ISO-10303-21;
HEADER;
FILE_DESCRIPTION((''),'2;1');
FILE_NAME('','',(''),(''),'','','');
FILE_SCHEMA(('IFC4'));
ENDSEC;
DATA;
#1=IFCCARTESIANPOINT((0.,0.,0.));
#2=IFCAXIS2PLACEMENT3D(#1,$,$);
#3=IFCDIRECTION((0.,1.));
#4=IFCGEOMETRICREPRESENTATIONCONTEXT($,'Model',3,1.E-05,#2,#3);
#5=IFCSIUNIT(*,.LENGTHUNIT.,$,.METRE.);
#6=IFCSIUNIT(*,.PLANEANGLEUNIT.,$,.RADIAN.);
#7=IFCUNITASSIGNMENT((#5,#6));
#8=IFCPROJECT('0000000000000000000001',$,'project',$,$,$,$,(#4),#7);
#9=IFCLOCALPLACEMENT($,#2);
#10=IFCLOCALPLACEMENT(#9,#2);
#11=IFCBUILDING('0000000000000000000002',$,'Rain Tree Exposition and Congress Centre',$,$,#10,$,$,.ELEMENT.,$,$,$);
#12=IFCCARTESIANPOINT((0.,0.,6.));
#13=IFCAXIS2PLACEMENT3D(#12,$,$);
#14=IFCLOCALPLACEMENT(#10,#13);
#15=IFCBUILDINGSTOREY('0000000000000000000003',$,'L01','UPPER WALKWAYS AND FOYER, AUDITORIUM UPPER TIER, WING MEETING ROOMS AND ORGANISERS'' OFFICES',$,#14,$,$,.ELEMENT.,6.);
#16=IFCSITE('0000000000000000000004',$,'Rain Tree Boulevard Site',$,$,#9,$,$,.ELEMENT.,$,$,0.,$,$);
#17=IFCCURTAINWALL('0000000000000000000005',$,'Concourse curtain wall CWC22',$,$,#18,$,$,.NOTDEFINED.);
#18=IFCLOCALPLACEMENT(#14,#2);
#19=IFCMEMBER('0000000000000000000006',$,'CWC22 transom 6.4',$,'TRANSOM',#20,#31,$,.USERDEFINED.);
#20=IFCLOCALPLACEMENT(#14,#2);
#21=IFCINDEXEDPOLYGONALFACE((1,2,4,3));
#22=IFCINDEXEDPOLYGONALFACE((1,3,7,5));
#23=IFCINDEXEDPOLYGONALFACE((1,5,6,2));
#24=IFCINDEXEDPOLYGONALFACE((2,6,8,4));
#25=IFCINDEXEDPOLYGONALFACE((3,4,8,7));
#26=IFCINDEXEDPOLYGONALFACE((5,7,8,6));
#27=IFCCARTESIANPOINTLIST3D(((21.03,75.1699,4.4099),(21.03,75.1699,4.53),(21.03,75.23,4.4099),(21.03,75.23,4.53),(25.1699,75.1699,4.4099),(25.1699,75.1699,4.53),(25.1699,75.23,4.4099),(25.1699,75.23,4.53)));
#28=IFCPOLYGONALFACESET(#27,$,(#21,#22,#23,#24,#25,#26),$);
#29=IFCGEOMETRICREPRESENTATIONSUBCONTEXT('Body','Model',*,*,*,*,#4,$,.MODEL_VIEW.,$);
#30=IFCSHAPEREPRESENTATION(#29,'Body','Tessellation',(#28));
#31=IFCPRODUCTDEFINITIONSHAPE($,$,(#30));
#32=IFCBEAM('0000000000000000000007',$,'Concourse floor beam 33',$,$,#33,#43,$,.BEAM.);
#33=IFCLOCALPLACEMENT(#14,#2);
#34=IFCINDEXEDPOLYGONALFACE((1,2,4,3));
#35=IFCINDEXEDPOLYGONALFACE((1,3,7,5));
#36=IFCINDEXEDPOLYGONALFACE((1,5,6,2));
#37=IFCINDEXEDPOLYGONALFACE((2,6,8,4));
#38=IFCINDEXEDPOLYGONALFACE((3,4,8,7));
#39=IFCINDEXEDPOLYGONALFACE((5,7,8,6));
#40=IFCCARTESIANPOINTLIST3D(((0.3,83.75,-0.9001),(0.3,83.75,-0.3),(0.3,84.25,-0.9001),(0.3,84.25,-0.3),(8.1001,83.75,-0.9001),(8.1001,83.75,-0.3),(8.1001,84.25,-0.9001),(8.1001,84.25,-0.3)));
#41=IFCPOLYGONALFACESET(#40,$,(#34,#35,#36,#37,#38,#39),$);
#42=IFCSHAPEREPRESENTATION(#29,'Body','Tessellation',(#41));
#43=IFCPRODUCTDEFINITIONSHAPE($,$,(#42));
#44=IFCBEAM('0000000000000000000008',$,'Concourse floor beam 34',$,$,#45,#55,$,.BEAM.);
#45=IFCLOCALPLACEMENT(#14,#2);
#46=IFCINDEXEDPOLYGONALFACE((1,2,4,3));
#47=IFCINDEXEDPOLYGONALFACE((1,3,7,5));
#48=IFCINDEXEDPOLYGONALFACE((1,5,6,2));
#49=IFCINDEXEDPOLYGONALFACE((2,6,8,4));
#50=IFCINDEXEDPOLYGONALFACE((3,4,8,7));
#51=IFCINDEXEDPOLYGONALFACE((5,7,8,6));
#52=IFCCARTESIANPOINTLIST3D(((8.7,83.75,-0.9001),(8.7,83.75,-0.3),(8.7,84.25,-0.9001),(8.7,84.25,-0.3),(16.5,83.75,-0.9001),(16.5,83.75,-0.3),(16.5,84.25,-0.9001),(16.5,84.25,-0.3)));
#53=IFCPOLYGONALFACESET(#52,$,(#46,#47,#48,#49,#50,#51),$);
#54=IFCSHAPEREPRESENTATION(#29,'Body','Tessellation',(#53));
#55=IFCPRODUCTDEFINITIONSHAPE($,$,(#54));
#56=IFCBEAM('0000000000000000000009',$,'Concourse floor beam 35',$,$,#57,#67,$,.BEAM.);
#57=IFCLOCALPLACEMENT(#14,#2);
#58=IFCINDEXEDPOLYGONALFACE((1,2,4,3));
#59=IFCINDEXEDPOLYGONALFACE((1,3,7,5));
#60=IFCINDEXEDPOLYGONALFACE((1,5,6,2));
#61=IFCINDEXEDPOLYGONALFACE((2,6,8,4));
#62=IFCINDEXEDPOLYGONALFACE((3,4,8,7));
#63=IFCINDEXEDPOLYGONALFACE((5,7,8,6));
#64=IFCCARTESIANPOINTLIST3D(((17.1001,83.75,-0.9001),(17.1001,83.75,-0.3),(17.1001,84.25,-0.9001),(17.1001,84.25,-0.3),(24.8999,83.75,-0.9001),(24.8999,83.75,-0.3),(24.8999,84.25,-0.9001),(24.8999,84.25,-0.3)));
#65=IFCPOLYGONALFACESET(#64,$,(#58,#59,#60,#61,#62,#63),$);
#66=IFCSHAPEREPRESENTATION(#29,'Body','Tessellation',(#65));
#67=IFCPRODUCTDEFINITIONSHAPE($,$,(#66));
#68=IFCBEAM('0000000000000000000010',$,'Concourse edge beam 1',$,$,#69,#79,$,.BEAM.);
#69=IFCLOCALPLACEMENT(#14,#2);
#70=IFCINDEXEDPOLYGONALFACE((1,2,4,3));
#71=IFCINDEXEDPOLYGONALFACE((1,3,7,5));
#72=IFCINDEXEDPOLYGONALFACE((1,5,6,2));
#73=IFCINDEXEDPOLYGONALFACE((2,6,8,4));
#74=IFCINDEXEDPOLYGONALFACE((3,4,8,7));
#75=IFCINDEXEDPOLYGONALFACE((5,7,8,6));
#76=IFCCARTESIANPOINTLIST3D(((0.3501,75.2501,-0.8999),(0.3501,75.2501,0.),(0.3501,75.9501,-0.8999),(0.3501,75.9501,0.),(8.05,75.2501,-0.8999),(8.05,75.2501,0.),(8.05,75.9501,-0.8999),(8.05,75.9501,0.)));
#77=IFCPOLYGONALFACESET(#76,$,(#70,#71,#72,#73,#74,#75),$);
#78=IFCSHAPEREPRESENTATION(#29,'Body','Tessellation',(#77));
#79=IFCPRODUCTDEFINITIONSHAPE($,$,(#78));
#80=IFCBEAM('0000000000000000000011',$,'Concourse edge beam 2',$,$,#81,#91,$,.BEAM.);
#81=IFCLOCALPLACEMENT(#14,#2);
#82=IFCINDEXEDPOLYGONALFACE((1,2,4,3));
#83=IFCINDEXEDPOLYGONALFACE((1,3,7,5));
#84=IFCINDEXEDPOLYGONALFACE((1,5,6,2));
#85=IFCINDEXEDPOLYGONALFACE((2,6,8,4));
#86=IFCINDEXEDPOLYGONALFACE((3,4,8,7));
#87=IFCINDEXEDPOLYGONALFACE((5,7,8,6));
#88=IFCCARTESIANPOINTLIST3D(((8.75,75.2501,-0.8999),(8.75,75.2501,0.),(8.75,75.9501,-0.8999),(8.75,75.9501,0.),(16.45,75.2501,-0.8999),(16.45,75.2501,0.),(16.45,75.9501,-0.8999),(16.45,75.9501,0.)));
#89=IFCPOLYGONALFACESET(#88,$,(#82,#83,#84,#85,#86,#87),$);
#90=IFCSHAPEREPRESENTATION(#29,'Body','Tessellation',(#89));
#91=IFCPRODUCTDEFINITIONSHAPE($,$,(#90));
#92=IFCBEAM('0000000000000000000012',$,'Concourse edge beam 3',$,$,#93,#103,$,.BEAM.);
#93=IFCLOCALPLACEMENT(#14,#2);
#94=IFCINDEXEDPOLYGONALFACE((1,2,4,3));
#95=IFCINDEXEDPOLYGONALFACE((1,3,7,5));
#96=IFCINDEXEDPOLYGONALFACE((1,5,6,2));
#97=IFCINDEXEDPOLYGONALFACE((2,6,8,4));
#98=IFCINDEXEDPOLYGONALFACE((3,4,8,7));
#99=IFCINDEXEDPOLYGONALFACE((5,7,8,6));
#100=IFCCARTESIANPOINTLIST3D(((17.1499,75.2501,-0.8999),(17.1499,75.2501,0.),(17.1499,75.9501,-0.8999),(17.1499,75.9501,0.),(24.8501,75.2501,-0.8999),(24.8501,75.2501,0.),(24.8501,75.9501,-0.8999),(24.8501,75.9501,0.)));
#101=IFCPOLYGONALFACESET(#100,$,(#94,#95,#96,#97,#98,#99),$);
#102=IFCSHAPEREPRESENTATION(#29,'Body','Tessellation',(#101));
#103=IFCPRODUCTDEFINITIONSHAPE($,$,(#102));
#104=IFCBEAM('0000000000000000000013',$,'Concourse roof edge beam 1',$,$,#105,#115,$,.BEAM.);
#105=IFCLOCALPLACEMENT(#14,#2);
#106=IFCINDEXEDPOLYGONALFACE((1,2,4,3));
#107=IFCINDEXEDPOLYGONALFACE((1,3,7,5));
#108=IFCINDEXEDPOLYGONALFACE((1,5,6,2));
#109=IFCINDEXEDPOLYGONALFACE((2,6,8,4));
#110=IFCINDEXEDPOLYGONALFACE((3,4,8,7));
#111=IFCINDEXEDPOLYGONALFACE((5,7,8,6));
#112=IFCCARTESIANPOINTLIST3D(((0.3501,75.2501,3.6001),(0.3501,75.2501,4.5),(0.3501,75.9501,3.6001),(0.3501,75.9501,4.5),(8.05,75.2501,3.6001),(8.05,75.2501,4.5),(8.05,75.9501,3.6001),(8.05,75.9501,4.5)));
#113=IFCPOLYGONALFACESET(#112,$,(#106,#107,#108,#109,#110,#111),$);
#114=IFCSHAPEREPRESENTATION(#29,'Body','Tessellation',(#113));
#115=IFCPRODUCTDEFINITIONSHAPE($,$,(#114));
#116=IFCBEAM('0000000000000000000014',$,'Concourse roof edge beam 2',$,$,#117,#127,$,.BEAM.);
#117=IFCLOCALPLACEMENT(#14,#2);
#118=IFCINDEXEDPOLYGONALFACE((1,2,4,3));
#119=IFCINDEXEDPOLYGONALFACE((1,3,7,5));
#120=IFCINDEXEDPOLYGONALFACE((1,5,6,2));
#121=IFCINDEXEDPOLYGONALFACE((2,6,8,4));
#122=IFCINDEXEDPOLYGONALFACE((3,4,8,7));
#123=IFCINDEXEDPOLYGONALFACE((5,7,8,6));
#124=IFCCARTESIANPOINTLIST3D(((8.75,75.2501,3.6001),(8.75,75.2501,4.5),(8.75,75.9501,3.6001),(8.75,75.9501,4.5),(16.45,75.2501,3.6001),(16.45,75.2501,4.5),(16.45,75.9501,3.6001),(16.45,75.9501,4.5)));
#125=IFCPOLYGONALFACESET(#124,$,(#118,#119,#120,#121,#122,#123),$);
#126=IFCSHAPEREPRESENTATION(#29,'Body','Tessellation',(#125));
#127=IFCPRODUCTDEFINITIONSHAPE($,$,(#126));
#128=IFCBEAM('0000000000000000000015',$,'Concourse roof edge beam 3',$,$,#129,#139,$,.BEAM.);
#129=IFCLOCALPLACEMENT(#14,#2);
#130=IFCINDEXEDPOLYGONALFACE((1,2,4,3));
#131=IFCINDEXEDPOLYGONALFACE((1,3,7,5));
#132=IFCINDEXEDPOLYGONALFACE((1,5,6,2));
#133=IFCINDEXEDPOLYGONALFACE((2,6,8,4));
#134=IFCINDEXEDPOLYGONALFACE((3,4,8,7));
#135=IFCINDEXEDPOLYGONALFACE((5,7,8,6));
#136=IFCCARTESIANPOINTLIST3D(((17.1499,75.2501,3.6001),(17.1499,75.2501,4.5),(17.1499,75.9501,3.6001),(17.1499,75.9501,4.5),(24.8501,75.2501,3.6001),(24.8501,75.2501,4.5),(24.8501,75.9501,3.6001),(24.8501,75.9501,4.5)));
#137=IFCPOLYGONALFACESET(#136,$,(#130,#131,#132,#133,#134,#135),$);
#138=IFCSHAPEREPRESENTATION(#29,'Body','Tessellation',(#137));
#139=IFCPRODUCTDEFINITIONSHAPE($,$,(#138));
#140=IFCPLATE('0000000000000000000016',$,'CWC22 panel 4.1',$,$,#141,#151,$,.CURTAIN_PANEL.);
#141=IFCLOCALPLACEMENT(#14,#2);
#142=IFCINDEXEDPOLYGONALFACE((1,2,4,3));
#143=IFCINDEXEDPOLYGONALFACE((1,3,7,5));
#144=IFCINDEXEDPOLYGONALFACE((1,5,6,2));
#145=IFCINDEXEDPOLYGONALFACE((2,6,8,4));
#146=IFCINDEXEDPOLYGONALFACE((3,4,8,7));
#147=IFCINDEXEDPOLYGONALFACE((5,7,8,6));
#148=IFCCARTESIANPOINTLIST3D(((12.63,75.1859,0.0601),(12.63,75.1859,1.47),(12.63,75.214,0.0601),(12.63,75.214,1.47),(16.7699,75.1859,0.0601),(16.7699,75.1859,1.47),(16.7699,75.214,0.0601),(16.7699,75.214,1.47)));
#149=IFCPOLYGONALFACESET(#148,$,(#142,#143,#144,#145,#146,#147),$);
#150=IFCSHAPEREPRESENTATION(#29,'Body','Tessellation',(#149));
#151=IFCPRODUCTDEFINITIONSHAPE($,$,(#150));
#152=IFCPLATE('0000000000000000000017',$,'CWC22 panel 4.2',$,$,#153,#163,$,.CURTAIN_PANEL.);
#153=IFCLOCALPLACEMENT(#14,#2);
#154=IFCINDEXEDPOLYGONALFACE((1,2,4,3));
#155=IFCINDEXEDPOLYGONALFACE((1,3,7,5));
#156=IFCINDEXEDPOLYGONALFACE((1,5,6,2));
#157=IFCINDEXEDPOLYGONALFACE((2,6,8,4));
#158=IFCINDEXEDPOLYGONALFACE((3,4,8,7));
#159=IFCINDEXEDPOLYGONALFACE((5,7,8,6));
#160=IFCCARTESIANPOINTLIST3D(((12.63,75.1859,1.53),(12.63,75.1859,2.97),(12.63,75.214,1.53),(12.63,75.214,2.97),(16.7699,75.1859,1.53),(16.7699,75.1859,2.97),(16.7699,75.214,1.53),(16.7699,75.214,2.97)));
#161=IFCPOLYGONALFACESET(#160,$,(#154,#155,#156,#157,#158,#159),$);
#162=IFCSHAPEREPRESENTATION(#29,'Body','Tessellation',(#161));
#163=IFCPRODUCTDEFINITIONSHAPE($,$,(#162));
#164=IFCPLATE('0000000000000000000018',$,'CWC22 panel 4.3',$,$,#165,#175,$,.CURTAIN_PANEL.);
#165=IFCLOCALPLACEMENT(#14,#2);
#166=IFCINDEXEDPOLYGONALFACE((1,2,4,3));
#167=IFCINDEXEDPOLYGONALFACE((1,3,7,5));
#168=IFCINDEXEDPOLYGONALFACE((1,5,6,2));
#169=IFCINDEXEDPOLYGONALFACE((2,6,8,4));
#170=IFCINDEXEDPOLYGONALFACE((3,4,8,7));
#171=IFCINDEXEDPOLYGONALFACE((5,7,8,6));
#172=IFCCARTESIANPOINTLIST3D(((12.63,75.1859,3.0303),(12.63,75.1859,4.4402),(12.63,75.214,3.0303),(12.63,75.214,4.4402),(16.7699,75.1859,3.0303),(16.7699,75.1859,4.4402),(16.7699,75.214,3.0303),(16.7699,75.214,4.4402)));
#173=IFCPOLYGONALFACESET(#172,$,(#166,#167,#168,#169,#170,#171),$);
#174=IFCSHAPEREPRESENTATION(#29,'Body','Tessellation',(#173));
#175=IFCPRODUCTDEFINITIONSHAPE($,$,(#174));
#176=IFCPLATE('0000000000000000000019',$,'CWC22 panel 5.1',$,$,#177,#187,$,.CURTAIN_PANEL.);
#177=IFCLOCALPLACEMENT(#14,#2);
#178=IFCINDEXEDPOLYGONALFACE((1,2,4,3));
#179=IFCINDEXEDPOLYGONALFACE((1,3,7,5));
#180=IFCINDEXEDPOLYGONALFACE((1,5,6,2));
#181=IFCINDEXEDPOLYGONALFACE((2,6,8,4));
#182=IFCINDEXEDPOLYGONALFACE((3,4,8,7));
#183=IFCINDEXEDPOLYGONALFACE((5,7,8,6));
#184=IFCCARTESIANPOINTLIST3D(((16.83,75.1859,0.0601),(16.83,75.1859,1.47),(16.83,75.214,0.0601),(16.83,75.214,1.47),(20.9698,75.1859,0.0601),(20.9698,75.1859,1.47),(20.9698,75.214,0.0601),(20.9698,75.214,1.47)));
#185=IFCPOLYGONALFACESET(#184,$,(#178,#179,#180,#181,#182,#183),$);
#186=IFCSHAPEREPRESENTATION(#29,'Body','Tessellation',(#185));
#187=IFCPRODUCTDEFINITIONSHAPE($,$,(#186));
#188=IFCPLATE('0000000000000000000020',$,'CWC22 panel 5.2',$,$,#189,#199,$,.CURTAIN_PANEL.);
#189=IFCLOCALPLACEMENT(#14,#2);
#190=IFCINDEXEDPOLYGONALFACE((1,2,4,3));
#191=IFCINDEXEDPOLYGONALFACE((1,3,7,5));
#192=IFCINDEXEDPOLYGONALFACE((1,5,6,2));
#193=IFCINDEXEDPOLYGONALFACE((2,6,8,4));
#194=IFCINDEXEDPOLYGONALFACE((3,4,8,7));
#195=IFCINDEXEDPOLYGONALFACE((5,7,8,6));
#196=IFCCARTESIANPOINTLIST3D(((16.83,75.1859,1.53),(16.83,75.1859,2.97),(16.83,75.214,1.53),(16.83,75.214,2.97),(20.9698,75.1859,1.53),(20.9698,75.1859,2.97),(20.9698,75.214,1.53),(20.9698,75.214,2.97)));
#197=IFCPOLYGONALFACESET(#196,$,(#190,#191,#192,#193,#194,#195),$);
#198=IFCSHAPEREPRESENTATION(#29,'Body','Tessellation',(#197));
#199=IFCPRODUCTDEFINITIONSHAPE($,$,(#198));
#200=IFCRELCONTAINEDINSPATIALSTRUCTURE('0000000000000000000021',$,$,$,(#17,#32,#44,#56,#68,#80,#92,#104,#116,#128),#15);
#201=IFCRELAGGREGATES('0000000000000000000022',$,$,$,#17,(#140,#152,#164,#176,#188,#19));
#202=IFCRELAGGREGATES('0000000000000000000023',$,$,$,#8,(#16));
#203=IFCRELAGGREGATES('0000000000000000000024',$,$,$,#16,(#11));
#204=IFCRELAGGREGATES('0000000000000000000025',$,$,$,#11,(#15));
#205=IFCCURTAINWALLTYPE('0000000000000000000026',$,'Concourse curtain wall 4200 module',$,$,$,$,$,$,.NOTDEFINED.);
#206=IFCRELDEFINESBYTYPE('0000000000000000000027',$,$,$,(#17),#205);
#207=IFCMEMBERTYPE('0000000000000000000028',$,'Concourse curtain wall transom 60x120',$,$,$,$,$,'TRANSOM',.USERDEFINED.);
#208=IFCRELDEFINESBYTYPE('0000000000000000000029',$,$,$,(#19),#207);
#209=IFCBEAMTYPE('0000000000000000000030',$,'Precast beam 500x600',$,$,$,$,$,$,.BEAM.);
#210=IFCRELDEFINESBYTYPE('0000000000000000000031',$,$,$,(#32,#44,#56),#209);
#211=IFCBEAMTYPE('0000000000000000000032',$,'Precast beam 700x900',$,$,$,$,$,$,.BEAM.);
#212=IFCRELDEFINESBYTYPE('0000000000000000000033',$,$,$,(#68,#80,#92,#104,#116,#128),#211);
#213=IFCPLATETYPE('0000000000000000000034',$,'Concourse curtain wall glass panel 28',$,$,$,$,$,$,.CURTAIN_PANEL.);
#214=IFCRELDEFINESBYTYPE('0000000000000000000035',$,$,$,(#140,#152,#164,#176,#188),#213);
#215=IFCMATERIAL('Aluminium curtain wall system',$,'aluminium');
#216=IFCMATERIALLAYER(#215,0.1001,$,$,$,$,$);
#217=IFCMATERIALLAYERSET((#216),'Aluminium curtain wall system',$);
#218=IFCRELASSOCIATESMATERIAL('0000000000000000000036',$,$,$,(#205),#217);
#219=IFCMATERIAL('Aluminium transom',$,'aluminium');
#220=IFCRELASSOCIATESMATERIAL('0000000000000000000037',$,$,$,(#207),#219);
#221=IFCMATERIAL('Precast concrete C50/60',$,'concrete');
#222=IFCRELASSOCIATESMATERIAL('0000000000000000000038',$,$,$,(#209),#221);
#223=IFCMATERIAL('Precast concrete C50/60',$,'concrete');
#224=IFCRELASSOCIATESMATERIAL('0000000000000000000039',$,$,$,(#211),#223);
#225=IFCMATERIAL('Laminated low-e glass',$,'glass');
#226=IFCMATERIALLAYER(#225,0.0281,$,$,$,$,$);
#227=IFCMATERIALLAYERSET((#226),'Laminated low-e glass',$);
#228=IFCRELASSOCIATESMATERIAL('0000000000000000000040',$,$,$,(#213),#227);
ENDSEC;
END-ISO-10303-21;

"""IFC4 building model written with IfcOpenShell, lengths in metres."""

from ifc_helpers import new_model, si_unit, direction, frame, origin, origin_2d, place, context, subcontext, project, spatial, rectangle, extrude, material, layer, layer_set, material_profile, profile_set, type_object, element, aggregate, save


model = new_model("IFC4")

# Units and contexts
model_context = context("Model", 3, precision=1e-05, world=origin(), true_north=direction((0.0, 1.0)))
body_context = subcontext(model_context, "Body", "Model", "MODEL_VIEW")
ifc_project = project(units=[si_unit("LENGTHUNIT", "METRE"), si_unit("PLANEANGLEUNIT", "RADIAN")], contexts=[model_context])

# Site, building, storey
site_placement = place(None, origin())
site = spatial("IfcSite", under=ifc_project, at=site_placement, Name="Rain Tree Boulevard Site", CompositionType="ELEMENT", RefElevation=0.0)
building_placement = place(site_placement, origin())
building = spatial("IfcBuilding", under=site, at=building_placement, Name="Rain Tree Exposition and Congress Centre", CompositionType="ELEMENT")
storey_placement = place(building_placement, frame((0.0, 0.0, 6.0)))
storey = spatial("IfcBuildingStorey", under=building, at=storey_placement, Name="L01", Description="UPPER WALKWAYS AND FOYER, AUDITORIUM UPPER TIER, WING MEETING ROOMS AND ORGANISERS' OFFICES", CompositionType="ELEMENT", Elevation=6.0)

# Curtain wall, member
ifc_material_1 = material(Name="Aluminium curtain wall system", Category="aluminium")
ifc_layer_1 = layer(ifc_material_1, 0.1001)
ifc_layer_set_1 = layer_set([ifc_layer_1], Name="Aluminium curtain wall system")
curtain_wall_type = type_object("IfcCurtainWallType", Name="Concourse curtain wall 4200 module", PredefinedType="NOTDEFINED", material=ifc_layer_set_1)
curtain_wall_placement = place(storey_placement, origin())
curtain_wall = element("IfcCurtainWall", 1, at=curtain_wall_placement, inside=storey, type_object=curtain_wall_type, Name="Concourse curtain wall CWC22", PredefinedType="NOTDEFINED")
ifc_material_2 = material(Name="Aluminium transom", Category="aluminium")
ifc_material_profile_1 = material_profile(ifc_material_2, rectangle(XDim=0.0601, YDim=0.1201, at=origin_2d()), Name="AL 60x120")
ifc_profile_set_1 = profile_set([ifc_material_profile_1], Name="Aluminium transom")
member_type_1 = type_object("IfcMemberType", Name="Concourse curtain wall transom 60x120", ElementType="TRANSOM", PredefinedType="USERDEFINED", material=ifc_profile_set_1)
member_1_placement = place(storey_placement, frame((21.03, 75.2, 4.47), z_axis=(1.0, 0.0, 0.0), x_axis=(0.0, 1.0, 0.0)))
member_1 = element("IfcMember", 2, at=member_1_placement, type_object=member_type_1, Name="CWC22 transom 6.4", ObjectType="TRANSOM", PredefinedType="USERDEFINED", context=body_context, shape_type="SweptSolid", body=[
    extrude(rectangle(XDim=0.0601, YDim=0.1201, at=origin_2d()), origin(), (0.0, 0.0, 1.0), 4.1399),
])

# Beams
ifc_material_3 = material(Name="Precast concrete C50/60", Category="concrete")
ifc_material_profile_2 = material_profile(ifc_material_3, rectangle(XDim=0.5, YDim=0.6001, at=origin_2d()), Name="RC 500x600")
ifc_profile_set_2 = profile_set([ifc_material_profile_2], Name="Precast concrete C50/60")
beam_type_1 = type_object("IfcBeamType", Name="Precast beam 500x600", PredefinedType="BEAM", material=ifc_profile_set_2)
for number, where, z_axis, x_axis, name in (
    (3, (0.3, 84.0, -0.6001), (1.0, 0.0, 0.0), (0.0, 1.0, 0.0), "Concourse floor beam 33"),
    (4, (8.7, 84.0, -0.6001), (1.0, 0.0, 0.0), (0.0, 1.0, 0.0), "Concourse floor beam 34"),
):
    element("IfcBeam", number, at=place(storey_placement, frame(where, z_axis=z_axis, x_axis=x_axis)), inside=storey, type_object=beam_type_1, Name=name, PredefinedType="BEAM", context=body_context, shape_type="SweptSolid", body=[
        extrude(rectangle(XDim=0.5, YDim=0.6001, at=origin_2d()), origin(), (0.0, 0.0, 1.0), 7.8),
    ])
beam_1_placement = place(storey_placement, frame((17.1001, 84.0, -0.6001), z_axis=(1.0, 0.0, 0.0), x_axis=(0.0, 1.0, 0.0)))
element("IfcBeam", 5, at=beam_1_placement, inside=storey, type_object=beam_type_1, Name="Concourse floor beam 35", PredefinedType="BEAM", context=body_context, shape_type="SweptSolid", body=[
    extrude(rectangle(XDim=0.5, YDim=0.6001, at=origin_2d()), origin(), (0.0, 0.0, 1.0), 7.7998),
])
ifc_material_4 = material(Name="Precast concrete C50/60", Category="concrete")
ifc_material_profile_3 = material_profile(ifc_material_4, rectangle(XDim=0.7, YDim=0.8999, at=origin_2d()), Name="RC 700x900")
ifc_profile_set_3 = profile_set([ifc_material_profile_3], Name="Precast concrete C50/60")
beam_type_2 = type_object("IfcBeamType", Name="Precast beam 700x900", PredefinedType="BEAM", material=ifc_profile_set_3)
for number, where, z_axis, x_axis, name in (
    (6, (0.3501, 75.6001, -0.45), (1.0, 0.0, 0.0), (0.0, 1.0, 0.0), "Concourse edge beam 1"),
    (7, (8.75, 75.6001, -0.45), (1.0, 0.0, 0.0), (0.0, 1.0, 0.0), "Concourse edge beam 2"),
):
    element("IfcBeam", number, at=place(storey_placement, frame(where, z_axis=z_axis, x_axis=x_axis)), inside=storey, type_object=beam_type_2, Name=name, PredefinedType="BEAM", context=body_context, shape_type="SweptSolid", body=[
        extrude(rectangle(XDim=0.7, YDim=0.8999, at=origin_2d()), origin(), (0.0, 0.0, 1.0), 7.7),
    ])
beam_2_placement = place(storey_placement, frame((17.1499, 75.6001, -0.45), z_axis=(1.0, 0.0, 0.0), x_axis=(0.0, 1.0, 0.0)))
element("IfcBeam", 8, at=beam_2_placement, inside=storey, type_object=beam_type_2, Name="Concourse edge beam 3", PredefinedType="BEAM", context=body_context, shape_type="SweptSolid", body=[
    extrude(rectangle(XDim=0.7, YDim=0.8999, at=origin_2d()), origin(), (0.0, 0.0, 1.0), 7.7002),
])
for number, where, z_axis, x_axis, name in (
    (9, (0.3501, 75.6001, 4.05), (1.0, 0.0, 0.0), (0.0, 1.0, 0.0), "Concourse roof edge beam 1"),
    (10, (8.75, 75.6001, 4.05), (1.0, 0.0, 0.0), (0.0, 1.0, 0.0), "Concourse roof edge beam 2"),
):
    element("IfcBeam", number, at=place(storey_placement, frame(where, z_axis=z_axis, x_axis=x_axis)), inside=storey, type_object=beam_type_2, Name=name, PredefinedType="BEAM", context=body_context, shape_type="SweptSolid", body=[
        extrude(rectangle(XDim=0.7, YDim=0.8999, at=origin_2d()), origin(), (0.0, 0.0, 1.0), 7.7),
    ])
beam_3_placement = place(storey_placement, frame((17.1499, 75.6001, 4.05), z_axis=(1.0, 0.0, 0.0), x_axis=(0.0, 1.0, 0.0)))
element("IfcBeam", 11, at=beam_3_placement, inside=storey, type_object=beam_type_2, Name="Concourse roof edge beam 3", PredefinedType="BEAM", context=body_context, shape_type="SweptSolid", body=[
    extrude(rectangle(XDim=0.7, YDim=0.8999, at=origin_2d()), origin(), (0.0, 0.0, 1.0), 7.7002),
])

# Plates
ifc_material_5 = material(Name="Laminated low-e glass", Category="glass")
ifc_layer_2 = layer(ifc_material_5, 0.0281)
ifc_layer_set_2 = layer_set([ifc_layer_2], Name="Laminated low-e glass")
plate_type = type_object("IfcPlateType", Name="Concourse curtain wall glass panel 28", PredefinedType="CURTAIN_PANEL", material=ifc_layer_set_2)
plate_1_placement = place(storey_placement, frame((14.7, 75.2, 0.0601), z_axis=(0.0, 0.0, 1.0), x_axis=(1.0, 0.0, 0.0)))
plate_1 = element("IfcPlate", 12, at=plate_1_placement, type_object=plate_type, Name="CWC22 panel 4.1", PredefinedType="CURTAIN_PANEL", context=body_context, shape_type="SweptSolid", body=[
    extrude(rectangle(XDim=4.1399, YDim=0.0281, at=origin_2d()), origin(), (0.0, 0.0, 1.0), 1.4099),
])
plate_2_placement = place(storey_placement, frame((14.7, 75.2, 1.53), z_axis=(0.0, 0.0, 1.0), x_axis=(1.0, 0.0, 0.0)))
plate_2 = element("IfcPlate", 13, at=plate_2_placement, type_object=plate_type, Name="CWC22 panel 4.2", PredefinedType="CURTAIN_PANEL", context=body_context, shape_type="SweptSolid", body=[
    extrude(rectangle(XDim=4.1399, YDim=0.0281, at=origin_2d()), origin(), (0.0, 0.0, 1.0), 1.4399),
])
plate_3_placement = place(storey_placement, frame((14.7, 75.2, 3.0303), z_axis=(0.0, 0.0, 1.0), x_axis=(1.0, 0.0, 0.0)))
plate_3 = element("IfcPlate", 14, at=plate_3_placement, type_object=plate_type, Name="CWC22 panel 4.3", PredefinedType="CURTAIN_PANEL", context=body_context, shape_type="SweptSolid", body=[
    extrude(rectangle(XDim=4.1399, YDim=0.0281, at=origin_2d()), origin(), (0.0, 0.0, 1.0), 1.4099),
])
plate_4_placement = place(storey_placement, frame((18.8999, 75.2, 0.0601), z_axis=(0.0, 0.0, 1.0), x_axis=(1.0, 0.0, 0.0)))
plate_4 = element("IfcPlate", 15, at=plate_4_placement, type_object=plate_type, Name="CWC22 panel 5.1", PredefinedType="CURTAIN_PANEL", context=body_context, shape_type="SweptSolid", body=[
    extrude(rectangle(XDim=4.1399, YDim=0.0281, at=origin_2d()), origin(), (0.0, 0.0, 1.0), 1.4099),
])
plate_5_placement = place(storey_placement, frame((18.8999, 75.2, 1.53), z_axis=(0.0, 0.0, 1.0), x_axis=(1.0, 0.0, 0.0)))
plate_5 = element("IfcPlate", 16, at=plate_5_placement, type_object=plate_type, Name="CWC22 panel 5.2", PredefinedType="CURTAIN_PANEL", context=body_context, shape_type="SweptSolid", body=[
    extrude(rectangle(XDim=4.1399, YDim=0.0281, at=origin_2d()), origin(), (0.0, 0.0, 1.0), 1.4399),
])
aggregate(curtain_wall, [plate_1, plate_2, plate_3, plate_4, plate_5, member_1])

save(model, "model.ifc")
